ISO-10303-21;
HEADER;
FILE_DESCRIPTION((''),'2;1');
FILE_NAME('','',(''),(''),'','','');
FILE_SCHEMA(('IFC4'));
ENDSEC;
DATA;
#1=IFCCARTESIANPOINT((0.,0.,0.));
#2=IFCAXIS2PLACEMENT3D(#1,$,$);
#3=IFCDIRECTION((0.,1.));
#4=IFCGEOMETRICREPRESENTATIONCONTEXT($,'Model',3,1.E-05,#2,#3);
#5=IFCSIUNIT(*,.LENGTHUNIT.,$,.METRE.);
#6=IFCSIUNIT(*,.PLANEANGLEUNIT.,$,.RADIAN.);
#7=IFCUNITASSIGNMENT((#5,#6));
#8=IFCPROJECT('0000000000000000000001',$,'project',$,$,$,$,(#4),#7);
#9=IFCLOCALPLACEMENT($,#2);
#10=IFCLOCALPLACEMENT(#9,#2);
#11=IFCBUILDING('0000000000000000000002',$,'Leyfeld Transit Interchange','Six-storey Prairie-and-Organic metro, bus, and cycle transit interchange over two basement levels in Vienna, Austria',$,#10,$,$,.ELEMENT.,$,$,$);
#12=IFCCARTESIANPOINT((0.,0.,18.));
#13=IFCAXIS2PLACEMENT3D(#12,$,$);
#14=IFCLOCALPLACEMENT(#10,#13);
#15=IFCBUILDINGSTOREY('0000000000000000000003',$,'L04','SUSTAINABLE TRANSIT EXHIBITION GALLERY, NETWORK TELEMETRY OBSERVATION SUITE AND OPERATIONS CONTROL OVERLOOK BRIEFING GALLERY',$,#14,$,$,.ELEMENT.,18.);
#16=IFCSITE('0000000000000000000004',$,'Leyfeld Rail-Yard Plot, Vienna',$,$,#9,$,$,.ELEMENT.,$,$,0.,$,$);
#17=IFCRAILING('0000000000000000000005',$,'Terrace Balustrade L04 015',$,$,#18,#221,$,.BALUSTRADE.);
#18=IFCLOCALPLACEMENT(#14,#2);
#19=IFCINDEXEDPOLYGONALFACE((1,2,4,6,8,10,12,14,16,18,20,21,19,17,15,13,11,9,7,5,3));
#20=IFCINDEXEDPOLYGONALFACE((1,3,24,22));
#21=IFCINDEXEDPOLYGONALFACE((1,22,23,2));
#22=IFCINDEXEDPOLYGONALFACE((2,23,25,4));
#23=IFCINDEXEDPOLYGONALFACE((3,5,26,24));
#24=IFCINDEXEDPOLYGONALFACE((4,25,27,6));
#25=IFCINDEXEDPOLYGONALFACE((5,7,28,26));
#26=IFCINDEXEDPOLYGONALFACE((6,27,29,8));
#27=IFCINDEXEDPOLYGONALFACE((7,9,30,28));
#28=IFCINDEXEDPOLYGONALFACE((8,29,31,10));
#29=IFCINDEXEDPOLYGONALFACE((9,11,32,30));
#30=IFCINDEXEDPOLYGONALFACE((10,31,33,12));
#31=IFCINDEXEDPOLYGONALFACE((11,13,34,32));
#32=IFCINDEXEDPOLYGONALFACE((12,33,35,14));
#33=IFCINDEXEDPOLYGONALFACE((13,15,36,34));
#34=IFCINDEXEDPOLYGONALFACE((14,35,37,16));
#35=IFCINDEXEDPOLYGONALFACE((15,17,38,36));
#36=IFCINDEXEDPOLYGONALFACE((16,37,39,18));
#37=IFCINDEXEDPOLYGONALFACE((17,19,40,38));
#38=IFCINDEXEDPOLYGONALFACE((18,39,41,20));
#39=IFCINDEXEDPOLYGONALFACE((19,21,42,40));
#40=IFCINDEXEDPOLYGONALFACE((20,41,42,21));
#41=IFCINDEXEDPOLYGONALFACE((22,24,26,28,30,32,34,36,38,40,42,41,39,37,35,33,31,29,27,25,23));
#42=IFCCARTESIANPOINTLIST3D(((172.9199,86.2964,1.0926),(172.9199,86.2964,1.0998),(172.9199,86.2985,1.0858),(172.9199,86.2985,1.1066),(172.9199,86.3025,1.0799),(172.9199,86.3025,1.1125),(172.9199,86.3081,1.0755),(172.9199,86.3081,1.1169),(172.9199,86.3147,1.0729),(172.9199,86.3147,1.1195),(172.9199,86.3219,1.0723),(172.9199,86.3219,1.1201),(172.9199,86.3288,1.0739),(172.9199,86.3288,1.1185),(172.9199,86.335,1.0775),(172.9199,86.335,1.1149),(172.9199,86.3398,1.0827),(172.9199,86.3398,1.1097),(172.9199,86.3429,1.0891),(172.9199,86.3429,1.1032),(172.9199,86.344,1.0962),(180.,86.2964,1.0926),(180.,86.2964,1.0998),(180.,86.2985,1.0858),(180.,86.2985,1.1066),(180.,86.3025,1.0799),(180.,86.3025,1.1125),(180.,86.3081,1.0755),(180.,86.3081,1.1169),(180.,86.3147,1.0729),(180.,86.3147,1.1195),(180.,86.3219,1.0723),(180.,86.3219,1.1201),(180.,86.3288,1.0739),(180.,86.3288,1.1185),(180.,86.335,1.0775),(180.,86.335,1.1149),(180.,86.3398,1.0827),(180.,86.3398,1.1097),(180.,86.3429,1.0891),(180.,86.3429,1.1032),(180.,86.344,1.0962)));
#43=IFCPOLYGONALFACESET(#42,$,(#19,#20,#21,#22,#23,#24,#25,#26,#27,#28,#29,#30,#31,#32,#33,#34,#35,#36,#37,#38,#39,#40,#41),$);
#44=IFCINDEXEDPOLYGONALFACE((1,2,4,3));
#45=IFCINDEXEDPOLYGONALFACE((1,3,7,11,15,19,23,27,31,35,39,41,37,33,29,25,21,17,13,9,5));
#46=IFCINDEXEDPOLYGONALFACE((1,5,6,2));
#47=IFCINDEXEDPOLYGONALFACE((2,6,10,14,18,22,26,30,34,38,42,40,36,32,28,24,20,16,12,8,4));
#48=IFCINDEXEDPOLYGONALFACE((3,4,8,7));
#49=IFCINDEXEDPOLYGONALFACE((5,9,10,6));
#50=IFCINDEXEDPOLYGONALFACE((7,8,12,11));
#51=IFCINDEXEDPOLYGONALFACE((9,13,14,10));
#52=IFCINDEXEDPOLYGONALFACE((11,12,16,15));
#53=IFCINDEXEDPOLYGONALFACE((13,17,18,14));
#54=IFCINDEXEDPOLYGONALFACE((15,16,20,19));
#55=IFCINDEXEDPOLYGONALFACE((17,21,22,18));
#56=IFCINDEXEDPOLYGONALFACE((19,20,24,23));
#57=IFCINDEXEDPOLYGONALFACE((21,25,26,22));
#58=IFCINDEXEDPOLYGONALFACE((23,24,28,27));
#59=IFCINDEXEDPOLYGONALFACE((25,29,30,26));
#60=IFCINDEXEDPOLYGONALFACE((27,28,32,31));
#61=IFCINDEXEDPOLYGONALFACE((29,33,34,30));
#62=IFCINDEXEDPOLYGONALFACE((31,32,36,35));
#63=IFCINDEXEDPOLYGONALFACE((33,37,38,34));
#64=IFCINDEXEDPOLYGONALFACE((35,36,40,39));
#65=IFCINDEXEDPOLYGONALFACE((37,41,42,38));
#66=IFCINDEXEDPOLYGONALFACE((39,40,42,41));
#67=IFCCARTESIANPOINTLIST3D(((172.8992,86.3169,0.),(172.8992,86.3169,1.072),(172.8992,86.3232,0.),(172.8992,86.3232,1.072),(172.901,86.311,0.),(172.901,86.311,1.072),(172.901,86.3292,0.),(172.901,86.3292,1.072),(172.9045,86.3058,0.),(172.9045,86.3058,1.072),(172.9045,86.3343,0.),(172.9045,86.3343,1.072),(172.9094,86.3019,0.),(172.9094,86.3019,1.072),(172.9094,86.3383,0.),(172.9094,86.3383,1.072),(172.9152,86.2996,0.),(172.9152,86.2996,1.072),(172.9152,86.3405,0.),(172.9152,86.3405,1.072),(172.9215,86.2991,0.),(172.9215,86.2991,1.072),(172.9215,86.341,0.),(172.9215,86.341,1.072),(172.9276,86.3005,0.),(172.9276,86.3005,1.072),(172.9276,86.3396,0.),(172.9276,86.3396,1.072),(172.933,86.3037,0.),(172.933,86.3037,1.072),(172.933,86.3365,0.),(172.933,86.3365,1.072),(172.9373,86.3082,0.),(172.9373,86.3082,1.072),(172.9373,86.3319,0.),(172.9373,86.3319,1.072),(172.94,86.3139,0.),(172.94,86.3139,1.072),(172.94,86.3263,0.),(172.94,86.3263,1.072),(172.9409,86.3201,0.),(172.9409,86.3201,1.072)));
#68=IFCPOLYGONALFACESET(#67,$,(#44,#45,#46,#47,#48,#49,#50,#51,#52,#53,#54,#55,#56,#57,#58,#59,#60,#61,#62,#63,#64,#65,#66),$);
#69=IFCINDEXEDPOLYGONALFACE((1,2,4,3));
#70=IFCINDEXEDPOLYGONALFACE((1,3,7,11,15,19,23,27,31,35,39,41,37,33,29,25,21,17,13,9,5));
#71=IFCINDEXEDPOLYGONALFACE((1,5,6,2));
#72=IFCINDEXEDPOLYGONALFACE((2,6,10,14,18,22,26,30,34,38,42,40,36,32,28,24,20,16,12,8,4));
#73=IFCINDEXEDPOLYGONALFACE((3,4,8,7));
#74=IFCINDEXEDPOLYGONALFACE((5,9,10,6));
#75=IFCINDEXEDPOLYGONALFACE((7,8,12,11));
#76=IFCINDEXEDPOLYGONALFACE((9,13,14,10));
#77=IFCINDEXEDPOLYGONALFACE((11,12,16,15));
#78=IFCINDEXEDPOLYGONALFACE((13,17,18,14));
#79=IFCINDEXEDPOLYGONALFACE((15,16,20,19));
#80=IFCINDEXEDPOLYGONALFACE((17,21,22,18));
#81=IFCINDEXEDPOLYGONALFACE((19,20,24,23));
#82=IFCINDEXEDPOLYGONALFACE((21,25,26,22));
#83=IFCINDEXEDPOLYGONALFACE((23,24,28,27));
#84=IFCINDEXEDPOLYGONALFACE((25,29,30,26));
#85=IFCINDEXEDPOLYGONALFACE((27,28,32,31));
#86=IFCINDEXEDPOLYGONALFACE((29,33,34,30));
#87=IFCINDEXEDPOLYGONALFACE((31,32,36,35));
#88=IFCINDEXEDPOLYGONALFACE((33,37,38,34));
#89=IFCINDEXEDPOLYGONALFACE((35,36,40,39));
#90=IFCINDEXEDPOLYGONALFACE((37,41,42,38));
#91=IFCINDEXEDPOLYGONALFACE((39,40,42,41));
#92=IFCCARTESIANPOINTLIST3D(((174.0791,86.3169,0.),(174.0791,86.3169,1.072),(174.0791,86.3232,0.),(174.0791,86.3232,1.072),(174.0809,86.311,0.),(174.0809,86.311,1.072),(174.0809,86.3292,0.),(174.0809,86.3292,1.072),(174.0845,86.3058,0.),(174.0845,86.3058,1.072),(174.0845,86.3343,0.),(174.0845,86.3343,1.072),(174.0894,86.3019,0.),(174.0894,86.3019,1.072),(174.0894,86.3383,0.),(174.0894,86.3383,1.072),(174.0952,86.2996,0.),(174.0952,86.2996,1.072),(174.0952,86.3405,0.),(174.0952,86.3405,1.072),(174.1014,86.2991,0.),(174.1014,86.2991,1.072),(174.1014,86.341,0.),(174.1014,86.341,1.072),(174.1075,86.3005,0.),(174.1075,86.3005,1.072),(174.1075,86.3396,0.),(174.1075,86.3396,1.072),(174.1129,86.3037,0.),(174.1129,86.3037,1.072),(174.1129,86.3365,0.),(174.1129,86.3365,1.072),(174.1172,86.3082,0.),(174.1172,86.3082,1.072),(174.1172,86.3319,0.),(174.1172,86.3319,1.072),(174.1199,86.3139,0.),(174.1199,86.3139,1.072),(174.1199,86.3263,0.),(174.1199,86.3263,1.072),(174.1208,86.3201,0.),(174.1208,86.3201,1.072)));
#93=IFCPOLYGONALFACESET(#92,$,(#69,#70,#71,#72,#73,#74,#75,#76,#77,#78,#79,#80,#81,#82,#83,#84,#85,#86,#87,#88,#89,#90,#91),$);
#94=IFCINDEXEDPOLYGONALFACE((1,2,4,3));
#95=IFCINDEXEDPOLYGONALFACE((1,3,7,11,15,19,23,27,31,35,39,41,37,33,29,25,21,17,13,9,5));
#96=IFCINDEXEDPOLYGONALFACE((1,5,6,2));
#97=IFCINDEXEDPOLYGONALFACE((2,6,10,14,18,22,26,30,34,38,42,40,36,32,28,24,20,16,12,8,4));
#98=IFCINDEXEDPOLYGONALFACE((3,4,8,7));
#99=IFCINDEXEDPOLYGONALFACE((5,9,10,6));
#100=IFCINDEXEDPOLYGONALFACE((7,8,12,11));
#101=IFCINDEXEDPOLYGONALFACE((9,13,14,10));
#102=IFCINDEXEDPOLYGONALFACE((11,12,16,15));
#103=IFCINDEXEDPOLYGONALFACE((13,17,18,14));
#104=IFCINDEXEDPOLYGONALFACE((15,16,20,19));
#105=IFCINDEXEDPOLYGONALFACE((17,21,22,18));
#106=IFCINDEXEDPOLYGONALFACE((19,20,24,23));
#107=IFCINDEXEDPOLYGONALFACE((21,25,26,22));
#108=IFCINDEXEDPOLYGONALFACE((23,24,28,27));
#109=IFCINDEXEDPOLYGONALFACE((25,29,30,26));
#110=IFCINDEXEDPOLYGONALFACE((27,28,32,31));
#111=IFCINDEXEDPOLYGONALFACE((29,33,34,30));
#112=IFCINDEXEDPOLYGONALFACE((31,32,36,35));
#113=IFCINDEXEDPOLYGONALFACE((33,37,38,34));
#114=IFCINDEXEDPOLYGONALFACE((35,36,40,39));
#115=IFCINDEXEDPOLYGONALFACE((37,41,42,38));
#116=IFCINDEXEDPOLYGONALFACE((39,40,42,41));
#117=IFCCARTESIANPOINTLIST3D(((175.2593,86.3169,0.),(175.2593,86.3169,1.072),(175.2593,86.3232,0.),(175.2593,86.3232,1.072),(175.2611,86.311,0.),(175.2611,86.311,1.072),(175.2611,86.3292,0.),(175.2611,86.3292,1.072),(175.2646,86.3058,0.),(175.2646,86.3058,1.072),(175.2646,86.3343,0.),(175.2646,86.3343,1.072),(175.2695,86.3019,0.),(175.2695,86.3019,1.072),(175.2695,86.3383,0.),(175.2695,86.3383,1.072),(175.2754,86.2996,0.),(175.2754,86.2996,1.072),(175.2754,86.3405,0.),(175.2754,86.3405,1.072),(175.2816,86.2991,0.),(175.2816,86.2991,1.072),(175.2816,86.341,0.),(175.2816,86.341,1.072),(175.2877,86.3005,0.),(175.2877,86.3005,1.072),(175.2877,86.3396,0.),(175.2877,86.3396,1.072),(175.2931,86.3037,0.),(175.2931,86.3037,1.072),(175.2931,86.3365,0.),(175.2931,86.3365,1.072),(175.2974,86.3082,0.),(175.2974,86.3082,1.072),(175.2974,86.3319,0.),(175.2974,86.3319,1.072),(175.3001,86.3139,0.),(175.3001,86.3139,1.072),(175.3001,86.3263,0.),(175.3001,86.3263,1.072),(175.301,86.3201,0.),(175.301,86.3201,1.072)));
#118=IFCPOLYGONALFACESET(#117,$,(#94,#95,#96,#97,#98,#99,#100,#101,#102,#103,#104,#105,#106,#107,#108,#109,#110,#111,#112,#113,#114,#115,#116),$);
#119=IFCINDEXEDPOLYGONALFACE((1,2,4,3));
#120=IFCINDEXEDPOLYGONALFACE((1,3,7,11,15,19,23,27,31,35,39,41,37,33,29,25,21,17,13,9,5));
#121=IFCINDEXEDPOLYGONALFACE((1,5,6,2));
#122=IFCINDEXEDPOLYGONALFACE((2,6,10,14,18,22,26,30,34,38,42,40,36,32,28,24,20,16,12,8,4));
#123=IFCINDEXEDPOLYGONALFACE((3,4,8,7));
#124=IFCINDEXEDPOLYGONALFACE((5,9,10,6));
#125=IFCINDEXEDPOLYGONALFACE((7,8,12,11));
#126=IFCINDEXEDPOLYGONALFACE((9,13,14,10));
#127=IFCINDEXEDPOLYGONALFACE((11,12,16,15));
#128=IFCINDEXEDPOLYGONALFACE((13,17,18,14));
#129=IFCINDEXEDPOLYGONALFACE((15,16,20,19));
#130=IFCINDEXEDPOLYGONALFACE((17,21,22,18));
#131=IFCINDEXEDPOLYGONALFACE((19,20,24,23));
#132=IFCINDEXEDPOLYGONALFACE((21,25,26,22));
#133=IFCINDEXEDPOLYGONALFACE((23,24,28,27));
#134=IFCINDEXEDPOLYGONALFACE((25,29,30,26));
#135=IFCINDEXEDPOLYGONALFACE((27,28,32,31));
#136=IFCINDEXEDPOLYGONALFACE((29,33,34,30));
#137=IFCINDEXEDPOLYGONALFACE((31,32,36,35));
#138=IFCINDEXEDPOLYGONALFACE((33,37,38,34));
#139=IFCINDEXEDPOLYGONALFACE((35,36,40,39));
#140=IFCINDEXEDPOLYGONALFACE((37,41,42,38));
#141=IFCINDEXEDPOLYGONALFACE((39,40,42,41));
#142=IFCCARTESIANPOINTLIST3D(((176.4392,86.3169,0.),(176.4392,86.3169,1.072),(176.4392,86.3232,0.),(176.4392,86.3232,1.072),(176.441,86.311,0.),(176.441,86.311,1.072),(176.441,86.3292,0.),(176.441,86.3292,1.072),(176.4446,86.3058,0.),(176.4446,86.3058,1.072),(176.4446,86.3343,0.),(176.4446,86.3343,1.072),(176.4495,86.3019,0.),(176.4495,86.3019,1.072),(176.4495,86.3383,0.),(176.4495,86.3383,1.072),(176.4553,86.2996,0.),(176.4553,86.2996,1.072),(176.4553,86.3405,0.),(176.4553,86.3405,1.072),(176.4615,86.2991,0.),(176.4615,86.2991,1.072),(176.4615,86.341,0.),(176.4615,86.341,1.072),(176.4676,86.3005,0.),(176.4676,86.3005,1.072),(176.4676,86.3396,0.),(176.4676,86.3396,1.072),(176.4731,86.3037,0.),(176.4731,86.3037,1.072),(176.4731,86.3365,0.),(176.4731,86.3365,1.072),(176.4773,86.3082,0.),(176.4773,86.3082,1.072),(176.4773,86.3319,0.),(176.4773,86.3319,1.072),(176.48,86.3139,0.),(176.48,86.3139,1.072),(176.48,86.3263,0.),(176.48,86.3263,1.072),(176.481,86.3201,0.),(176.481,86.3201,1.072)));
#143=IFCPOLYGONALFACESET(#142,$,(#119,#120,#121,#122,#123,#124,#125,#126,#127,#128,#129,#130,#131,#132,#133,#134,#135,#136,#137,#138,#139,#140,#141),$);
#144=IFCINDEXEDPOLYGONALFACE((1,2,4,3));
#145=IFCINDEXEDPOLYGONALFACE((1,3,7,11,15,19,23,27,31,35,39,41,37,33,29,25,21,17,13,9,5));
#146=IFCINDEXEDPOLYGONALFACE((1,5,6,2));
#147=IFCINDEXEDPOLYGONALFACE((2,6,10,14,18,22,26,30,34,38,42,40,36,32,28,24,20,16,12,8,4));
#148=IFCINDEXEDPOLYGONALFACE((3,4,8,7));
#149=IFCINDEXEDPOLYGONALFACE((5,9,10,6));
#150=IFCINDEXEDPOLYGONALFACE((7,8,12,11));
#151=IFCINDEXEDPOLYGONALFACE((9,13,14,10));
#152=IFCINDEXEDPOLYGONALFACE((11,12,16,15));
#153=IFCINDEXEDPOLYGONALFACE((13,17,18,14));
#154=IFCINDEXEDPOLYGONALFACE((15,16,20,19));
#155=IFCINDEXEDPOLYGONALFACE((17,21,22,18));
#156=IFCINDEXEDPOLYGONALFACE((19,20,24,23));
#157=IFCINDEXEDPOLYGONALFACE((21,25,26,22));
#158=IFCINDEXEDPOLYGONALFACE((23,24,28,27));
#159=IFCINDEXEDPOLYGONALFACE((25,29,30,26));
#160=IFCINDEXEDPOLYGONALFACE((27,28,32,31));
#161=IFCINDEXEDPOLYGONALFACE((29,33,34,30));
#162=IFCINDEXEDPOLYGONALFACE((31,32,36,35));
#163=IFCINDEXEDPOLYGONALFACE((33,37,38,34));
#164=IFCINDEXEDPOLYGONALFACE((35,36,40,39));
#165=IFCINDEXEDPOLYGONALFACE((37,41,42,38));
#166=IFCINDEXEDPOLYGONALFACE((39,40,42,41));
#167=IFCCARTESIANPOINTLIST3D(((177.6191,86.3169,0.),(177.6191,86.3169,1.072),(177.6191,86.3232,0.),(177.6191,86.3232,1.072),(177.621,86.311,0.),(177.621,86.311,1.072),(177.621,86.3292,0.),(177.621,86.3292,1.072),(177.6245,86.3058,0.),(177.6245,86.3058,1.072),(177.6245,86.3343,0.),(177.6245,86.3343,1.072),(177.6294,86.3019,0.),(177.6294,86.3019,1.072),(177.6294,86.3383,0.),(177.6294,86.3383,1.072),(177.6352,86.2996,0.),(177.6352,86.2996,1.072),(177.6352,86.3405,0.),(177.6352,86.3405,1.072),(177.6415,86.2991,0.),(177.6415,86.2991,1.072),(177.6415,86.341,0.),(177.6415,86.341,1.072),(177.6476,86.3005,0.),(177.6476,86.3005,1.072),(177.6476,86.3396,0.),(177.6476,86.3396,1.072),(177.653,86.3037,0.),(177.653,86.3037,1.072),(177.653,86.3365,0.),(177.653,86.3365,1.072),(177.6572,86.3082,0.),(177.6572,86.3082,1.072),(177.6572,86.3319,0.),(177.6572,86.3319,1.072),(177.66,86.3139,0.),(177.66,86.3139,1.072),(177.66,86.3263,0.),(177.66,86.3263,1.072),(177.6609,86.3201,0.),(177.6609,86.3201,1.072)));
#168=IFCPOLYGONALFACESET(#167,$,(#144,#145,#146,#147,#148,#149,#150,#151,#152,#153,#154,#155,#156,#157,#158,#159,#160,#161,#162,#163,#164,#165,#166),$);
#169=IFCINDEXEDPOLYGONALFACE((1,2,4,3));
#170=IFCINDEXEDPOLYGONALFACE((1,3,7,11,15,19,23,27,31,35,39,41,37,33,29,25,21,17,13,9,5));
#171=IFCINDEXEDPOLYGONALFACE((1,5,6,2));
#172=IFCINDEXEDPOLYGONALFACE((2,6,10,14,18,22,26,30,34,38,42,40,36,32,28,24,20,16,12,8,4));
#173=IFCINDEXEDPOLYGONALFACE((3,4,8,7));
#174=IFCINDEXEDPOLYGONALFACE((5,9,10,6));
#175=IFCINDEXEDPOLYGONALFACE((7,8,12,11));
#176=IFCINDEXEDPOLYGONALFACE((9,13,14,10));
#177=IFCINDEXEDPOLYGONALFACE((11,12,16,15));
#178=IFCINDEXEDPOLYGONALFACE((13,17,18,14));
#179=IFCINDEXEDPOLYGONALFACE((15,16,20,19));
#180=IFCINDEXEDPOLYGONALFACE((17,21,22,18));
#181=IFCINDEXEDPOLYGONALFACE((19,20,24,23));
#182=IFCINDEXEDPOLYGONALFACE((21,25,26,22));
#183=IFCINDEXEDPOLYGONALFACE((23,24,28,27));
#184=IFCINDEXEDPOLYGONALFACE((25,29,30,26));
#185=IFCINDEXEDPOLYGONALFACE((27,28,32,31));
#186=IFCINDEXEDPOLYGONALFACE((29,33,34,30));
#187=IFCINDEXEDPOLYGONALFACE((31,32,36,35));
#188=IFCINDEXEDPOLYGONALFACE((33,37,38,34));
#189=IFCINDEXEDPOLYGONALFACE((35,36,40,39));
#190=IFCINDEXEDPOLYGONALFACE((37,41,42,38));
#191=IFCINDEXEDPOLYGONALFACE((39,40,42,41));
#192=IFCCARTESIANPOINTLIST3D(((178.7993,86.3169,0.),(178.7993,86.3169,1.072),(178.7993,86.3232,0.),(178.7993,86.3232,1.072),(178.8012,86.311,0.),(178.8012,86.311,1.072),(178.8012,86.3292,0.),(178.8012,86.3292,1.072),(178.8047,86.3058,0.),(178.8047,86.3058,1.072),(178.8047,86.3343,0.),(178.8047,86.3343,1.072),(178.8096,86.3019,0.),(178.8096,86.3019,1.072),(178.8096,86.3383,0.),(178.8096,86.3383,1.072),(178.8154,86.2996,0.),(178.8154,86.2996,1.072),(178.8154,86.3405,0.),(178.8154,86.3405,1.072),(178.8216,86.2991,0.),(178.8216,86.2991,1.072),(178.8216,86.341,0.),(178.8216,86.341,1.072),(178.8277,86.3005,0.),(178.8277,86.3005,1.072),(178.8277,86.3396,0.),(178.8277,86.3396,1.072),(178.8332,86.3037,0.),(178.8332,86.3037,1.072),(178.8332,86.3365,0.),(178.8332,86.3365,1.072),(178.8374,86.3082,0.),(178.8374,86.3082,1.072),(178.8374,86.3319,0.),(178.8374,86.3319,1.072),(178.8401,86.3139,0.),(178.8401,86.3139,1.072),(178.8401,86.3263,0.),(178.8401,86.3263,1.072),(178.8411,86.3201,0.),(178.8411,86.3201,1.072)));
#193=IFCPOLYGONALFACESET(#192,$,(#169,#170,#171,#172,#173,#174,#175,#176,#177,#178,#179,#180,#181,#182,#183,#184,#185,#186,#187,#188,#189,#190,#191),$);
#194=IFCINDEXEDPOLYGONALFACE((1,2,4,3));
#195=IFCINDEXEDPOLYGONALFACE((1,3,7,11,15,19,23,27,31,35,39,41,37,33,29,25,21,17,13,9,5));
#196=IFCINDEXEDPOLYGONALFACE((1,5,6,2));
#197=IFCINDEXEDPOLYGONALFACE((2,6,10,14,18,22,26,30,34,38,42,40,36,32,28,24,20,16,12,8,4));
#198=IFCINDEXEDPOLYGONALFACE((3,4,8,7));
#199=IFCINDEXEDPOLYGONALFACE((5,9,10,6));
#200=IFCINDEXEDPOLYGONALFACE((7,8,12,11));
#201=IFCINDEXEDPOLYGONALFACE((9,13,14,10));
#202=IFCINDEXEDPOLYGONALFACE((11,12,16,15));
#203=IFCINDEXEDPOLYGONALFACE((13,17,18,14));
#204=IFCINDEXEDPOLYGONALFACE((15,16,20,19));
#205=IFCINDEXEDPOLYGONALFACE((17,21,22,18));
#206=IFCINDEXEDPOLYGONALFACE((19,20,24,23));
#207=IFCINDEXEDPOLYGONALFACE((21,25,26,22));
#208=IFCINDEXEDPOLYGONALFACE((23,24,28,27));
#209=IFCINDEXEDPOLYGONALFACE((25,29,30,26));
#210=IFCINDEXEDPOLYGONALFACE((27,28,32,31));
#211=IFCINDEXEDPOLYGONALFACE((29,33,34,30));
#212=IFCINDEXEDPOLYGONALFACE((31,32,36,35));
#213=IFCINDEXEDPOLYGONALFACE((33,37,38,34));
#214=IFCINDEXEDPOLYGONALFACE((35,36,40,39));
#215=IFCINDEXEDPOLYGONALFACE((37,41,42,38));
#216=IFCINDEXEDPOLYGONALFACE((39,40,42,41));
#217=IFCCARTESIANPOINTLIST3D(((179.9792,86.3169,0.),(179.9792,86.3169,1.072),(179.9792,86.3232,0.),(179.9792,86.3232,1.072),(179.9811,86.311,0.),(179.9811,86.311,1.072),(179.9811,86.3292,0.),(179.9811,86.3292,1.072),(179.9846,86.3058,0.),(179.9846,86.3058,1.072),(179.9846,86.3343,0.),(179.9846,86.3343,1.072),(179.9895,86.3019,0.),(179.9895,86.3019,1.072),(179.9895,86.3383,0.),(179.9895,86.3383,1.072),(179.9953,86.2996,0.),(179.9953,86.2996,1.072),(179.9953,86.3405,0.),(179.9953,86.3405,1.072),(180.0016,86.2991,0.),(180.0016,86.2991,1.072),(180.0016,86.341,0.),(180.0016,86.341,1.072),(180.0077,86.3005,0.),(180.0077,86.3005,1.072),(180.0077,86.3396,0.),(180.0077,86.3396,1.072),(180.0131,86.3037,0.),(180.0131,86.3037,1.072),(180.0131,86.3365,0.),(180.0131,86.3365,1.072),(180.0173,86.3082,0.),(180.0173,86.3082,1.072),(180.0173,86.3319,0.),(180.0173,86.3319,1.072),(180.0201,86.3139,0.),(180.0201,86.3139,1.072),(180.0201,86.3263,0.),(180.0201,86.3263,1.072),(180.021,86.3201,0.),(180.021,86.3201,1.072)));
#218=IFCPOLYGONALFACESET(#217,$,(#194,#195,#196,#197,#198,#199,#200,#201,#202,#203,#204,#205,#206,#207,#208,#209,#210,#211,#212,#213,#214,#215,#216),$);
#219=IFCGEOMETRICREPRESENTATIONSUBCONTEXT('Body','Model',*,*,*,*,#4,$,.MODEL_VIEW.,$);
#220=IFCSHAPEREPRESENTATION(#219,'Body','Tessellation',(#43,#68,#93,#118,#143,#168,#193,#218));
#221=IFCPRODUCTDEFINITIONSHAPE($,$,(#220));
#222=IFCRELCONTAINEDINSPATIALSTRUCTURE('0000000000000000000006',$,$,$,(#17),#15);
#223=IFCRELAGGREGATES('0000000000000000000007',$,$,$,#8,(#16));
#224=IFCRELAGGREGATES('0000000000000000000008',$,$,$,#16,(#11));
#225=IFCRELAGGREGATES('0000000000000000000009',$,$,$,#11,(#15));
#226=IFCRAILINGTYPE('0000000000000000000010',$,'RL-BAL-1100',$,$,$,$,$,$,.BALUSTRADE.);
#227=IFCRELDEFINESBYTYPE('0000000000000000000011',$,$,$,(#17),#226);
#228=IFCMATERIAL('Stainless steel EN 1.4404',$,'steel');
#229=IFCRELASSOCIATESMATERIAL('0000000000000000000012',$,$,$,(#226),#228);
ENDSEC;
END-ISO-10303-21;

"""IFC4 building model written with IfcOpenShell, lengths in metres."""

from ifc_helpers import new_model, si_unit, direction, frame, origin, origin_2d, place, context, subcontext, project, spatial, circle, extrude, material, type_object, element, save


model = new_model("IFC4")

# Units and contexts
model_context = context("Model", 3, precision=1e-05, world=origin(), true_north=direction((0.0, 1.0)))
body_context = subcontext(model_context, "Body", "Model", "MODEL_VIEW")
ifc_project = project(units=[si_unit("LENGTHUNIT", "METRE"), si_unit("PLANEANGLEUNIT", "RADIAN")], contexts=[model_context])

# Site, building, storey
site_placement = place(None, origin())
site = spatial("IfcSite", under=ifc_project, at=site_placement, Name="Leyfeld Rail-Yard Plot, Vienna", CompositionType="ELEMENT", RefElevation=0.0)
building_placement = place(site_placement, origin())
building = spatial("IfcBuilding", under=site, at=building_placement, Name="Leyfeld Transit Interchange", Description="Six-storey Prairie-and-Organic metro, bus, and cycle transit interchange over two basement levels in Vienna, Austria", CompositionType="ELEMENT")
storey_placement = place(building_placement, frame((0.0, 0.0, 18.0)))
storey = spatial("IfcBuildingStorey", under=building, at=storey_placement, Name="L04", Description="SUSTAINABLE TRANSIT EXHIBITION GALLERY, NETWORK TELEMETRY OBSERVATION SUITE AND OPERATIONS CONTROL OVERLOOK BRIEFING GALLERY", CompositionType="ELEMENT", Elevation=18.0)

# Railing
ifc_material_1 = material(Name="Stainless steel EN 1.4404", Category="steel")
railing_type_1 = type_object("IfcRailingType", Name="RL-BAL-1100", PredefinedType="BALUSTRADE", material=ifc_material_1)
railing_1_placement = place(storey_placement, frame((172.9199, 86.3201, 0.0)))
element("IfcRailing", 1, at=railing_1_placement, inside=storey, type_object=railing_type_1, Name="Terrace Balustrade L04 015", PredefinedType="BALUSTRADE", context=body_context, shape_type="SweptSolid", body=[
    extrude(circle(Radius=0.0239, at=origin_2d()), frame((0.0, 0.0, 1.0962), z_axis=(1.0, 0.0, 0.0), x_axis=(0.0, 1.0, 0.0)), (0.0, 0.0, 1.0), 7.0801),
    extrude(circle(Radius=0.021, at=origin_2d()), origin(), (0.0, 0.0, 1.0), 1.072),
    extrude(circle(Radius=0.021, at=origin_2d()), frame((1.1799, 0.0, 0.0)), (0.0, 0.0, 1.0), 1.072),
    extrude(circle(Radius=0.021, at=origin_2d()), frame((2.3601, 0.0, 0.0)), (0.0, 0.0, 1.0), 1.072),
    extrude(circle(Radius=0.021, at=origin_2d()), frame((3.54, 0.0, 0.0)), (0.0, 0.0, 1.0), 1.072),
    extrude(circle(Radius=0.021, at=origin_2d()), frame((4.72, 0.0, 0.0)), (0.0, 0.0, 1.0), 1.072),
    extrude(circle(Radius=0.021, at=origin_2d()), frame((5.9001, 0.0, 0.0)), (0.0, 0.0, 1.0), 1.072),
    extrude(circle(Radius=0.021, at=origin_2d()), frame((7.0801, 0.0, 0.0)), (0.0, 0.0, 1.0), 1.072),
])

save(model, "model.ifc")
